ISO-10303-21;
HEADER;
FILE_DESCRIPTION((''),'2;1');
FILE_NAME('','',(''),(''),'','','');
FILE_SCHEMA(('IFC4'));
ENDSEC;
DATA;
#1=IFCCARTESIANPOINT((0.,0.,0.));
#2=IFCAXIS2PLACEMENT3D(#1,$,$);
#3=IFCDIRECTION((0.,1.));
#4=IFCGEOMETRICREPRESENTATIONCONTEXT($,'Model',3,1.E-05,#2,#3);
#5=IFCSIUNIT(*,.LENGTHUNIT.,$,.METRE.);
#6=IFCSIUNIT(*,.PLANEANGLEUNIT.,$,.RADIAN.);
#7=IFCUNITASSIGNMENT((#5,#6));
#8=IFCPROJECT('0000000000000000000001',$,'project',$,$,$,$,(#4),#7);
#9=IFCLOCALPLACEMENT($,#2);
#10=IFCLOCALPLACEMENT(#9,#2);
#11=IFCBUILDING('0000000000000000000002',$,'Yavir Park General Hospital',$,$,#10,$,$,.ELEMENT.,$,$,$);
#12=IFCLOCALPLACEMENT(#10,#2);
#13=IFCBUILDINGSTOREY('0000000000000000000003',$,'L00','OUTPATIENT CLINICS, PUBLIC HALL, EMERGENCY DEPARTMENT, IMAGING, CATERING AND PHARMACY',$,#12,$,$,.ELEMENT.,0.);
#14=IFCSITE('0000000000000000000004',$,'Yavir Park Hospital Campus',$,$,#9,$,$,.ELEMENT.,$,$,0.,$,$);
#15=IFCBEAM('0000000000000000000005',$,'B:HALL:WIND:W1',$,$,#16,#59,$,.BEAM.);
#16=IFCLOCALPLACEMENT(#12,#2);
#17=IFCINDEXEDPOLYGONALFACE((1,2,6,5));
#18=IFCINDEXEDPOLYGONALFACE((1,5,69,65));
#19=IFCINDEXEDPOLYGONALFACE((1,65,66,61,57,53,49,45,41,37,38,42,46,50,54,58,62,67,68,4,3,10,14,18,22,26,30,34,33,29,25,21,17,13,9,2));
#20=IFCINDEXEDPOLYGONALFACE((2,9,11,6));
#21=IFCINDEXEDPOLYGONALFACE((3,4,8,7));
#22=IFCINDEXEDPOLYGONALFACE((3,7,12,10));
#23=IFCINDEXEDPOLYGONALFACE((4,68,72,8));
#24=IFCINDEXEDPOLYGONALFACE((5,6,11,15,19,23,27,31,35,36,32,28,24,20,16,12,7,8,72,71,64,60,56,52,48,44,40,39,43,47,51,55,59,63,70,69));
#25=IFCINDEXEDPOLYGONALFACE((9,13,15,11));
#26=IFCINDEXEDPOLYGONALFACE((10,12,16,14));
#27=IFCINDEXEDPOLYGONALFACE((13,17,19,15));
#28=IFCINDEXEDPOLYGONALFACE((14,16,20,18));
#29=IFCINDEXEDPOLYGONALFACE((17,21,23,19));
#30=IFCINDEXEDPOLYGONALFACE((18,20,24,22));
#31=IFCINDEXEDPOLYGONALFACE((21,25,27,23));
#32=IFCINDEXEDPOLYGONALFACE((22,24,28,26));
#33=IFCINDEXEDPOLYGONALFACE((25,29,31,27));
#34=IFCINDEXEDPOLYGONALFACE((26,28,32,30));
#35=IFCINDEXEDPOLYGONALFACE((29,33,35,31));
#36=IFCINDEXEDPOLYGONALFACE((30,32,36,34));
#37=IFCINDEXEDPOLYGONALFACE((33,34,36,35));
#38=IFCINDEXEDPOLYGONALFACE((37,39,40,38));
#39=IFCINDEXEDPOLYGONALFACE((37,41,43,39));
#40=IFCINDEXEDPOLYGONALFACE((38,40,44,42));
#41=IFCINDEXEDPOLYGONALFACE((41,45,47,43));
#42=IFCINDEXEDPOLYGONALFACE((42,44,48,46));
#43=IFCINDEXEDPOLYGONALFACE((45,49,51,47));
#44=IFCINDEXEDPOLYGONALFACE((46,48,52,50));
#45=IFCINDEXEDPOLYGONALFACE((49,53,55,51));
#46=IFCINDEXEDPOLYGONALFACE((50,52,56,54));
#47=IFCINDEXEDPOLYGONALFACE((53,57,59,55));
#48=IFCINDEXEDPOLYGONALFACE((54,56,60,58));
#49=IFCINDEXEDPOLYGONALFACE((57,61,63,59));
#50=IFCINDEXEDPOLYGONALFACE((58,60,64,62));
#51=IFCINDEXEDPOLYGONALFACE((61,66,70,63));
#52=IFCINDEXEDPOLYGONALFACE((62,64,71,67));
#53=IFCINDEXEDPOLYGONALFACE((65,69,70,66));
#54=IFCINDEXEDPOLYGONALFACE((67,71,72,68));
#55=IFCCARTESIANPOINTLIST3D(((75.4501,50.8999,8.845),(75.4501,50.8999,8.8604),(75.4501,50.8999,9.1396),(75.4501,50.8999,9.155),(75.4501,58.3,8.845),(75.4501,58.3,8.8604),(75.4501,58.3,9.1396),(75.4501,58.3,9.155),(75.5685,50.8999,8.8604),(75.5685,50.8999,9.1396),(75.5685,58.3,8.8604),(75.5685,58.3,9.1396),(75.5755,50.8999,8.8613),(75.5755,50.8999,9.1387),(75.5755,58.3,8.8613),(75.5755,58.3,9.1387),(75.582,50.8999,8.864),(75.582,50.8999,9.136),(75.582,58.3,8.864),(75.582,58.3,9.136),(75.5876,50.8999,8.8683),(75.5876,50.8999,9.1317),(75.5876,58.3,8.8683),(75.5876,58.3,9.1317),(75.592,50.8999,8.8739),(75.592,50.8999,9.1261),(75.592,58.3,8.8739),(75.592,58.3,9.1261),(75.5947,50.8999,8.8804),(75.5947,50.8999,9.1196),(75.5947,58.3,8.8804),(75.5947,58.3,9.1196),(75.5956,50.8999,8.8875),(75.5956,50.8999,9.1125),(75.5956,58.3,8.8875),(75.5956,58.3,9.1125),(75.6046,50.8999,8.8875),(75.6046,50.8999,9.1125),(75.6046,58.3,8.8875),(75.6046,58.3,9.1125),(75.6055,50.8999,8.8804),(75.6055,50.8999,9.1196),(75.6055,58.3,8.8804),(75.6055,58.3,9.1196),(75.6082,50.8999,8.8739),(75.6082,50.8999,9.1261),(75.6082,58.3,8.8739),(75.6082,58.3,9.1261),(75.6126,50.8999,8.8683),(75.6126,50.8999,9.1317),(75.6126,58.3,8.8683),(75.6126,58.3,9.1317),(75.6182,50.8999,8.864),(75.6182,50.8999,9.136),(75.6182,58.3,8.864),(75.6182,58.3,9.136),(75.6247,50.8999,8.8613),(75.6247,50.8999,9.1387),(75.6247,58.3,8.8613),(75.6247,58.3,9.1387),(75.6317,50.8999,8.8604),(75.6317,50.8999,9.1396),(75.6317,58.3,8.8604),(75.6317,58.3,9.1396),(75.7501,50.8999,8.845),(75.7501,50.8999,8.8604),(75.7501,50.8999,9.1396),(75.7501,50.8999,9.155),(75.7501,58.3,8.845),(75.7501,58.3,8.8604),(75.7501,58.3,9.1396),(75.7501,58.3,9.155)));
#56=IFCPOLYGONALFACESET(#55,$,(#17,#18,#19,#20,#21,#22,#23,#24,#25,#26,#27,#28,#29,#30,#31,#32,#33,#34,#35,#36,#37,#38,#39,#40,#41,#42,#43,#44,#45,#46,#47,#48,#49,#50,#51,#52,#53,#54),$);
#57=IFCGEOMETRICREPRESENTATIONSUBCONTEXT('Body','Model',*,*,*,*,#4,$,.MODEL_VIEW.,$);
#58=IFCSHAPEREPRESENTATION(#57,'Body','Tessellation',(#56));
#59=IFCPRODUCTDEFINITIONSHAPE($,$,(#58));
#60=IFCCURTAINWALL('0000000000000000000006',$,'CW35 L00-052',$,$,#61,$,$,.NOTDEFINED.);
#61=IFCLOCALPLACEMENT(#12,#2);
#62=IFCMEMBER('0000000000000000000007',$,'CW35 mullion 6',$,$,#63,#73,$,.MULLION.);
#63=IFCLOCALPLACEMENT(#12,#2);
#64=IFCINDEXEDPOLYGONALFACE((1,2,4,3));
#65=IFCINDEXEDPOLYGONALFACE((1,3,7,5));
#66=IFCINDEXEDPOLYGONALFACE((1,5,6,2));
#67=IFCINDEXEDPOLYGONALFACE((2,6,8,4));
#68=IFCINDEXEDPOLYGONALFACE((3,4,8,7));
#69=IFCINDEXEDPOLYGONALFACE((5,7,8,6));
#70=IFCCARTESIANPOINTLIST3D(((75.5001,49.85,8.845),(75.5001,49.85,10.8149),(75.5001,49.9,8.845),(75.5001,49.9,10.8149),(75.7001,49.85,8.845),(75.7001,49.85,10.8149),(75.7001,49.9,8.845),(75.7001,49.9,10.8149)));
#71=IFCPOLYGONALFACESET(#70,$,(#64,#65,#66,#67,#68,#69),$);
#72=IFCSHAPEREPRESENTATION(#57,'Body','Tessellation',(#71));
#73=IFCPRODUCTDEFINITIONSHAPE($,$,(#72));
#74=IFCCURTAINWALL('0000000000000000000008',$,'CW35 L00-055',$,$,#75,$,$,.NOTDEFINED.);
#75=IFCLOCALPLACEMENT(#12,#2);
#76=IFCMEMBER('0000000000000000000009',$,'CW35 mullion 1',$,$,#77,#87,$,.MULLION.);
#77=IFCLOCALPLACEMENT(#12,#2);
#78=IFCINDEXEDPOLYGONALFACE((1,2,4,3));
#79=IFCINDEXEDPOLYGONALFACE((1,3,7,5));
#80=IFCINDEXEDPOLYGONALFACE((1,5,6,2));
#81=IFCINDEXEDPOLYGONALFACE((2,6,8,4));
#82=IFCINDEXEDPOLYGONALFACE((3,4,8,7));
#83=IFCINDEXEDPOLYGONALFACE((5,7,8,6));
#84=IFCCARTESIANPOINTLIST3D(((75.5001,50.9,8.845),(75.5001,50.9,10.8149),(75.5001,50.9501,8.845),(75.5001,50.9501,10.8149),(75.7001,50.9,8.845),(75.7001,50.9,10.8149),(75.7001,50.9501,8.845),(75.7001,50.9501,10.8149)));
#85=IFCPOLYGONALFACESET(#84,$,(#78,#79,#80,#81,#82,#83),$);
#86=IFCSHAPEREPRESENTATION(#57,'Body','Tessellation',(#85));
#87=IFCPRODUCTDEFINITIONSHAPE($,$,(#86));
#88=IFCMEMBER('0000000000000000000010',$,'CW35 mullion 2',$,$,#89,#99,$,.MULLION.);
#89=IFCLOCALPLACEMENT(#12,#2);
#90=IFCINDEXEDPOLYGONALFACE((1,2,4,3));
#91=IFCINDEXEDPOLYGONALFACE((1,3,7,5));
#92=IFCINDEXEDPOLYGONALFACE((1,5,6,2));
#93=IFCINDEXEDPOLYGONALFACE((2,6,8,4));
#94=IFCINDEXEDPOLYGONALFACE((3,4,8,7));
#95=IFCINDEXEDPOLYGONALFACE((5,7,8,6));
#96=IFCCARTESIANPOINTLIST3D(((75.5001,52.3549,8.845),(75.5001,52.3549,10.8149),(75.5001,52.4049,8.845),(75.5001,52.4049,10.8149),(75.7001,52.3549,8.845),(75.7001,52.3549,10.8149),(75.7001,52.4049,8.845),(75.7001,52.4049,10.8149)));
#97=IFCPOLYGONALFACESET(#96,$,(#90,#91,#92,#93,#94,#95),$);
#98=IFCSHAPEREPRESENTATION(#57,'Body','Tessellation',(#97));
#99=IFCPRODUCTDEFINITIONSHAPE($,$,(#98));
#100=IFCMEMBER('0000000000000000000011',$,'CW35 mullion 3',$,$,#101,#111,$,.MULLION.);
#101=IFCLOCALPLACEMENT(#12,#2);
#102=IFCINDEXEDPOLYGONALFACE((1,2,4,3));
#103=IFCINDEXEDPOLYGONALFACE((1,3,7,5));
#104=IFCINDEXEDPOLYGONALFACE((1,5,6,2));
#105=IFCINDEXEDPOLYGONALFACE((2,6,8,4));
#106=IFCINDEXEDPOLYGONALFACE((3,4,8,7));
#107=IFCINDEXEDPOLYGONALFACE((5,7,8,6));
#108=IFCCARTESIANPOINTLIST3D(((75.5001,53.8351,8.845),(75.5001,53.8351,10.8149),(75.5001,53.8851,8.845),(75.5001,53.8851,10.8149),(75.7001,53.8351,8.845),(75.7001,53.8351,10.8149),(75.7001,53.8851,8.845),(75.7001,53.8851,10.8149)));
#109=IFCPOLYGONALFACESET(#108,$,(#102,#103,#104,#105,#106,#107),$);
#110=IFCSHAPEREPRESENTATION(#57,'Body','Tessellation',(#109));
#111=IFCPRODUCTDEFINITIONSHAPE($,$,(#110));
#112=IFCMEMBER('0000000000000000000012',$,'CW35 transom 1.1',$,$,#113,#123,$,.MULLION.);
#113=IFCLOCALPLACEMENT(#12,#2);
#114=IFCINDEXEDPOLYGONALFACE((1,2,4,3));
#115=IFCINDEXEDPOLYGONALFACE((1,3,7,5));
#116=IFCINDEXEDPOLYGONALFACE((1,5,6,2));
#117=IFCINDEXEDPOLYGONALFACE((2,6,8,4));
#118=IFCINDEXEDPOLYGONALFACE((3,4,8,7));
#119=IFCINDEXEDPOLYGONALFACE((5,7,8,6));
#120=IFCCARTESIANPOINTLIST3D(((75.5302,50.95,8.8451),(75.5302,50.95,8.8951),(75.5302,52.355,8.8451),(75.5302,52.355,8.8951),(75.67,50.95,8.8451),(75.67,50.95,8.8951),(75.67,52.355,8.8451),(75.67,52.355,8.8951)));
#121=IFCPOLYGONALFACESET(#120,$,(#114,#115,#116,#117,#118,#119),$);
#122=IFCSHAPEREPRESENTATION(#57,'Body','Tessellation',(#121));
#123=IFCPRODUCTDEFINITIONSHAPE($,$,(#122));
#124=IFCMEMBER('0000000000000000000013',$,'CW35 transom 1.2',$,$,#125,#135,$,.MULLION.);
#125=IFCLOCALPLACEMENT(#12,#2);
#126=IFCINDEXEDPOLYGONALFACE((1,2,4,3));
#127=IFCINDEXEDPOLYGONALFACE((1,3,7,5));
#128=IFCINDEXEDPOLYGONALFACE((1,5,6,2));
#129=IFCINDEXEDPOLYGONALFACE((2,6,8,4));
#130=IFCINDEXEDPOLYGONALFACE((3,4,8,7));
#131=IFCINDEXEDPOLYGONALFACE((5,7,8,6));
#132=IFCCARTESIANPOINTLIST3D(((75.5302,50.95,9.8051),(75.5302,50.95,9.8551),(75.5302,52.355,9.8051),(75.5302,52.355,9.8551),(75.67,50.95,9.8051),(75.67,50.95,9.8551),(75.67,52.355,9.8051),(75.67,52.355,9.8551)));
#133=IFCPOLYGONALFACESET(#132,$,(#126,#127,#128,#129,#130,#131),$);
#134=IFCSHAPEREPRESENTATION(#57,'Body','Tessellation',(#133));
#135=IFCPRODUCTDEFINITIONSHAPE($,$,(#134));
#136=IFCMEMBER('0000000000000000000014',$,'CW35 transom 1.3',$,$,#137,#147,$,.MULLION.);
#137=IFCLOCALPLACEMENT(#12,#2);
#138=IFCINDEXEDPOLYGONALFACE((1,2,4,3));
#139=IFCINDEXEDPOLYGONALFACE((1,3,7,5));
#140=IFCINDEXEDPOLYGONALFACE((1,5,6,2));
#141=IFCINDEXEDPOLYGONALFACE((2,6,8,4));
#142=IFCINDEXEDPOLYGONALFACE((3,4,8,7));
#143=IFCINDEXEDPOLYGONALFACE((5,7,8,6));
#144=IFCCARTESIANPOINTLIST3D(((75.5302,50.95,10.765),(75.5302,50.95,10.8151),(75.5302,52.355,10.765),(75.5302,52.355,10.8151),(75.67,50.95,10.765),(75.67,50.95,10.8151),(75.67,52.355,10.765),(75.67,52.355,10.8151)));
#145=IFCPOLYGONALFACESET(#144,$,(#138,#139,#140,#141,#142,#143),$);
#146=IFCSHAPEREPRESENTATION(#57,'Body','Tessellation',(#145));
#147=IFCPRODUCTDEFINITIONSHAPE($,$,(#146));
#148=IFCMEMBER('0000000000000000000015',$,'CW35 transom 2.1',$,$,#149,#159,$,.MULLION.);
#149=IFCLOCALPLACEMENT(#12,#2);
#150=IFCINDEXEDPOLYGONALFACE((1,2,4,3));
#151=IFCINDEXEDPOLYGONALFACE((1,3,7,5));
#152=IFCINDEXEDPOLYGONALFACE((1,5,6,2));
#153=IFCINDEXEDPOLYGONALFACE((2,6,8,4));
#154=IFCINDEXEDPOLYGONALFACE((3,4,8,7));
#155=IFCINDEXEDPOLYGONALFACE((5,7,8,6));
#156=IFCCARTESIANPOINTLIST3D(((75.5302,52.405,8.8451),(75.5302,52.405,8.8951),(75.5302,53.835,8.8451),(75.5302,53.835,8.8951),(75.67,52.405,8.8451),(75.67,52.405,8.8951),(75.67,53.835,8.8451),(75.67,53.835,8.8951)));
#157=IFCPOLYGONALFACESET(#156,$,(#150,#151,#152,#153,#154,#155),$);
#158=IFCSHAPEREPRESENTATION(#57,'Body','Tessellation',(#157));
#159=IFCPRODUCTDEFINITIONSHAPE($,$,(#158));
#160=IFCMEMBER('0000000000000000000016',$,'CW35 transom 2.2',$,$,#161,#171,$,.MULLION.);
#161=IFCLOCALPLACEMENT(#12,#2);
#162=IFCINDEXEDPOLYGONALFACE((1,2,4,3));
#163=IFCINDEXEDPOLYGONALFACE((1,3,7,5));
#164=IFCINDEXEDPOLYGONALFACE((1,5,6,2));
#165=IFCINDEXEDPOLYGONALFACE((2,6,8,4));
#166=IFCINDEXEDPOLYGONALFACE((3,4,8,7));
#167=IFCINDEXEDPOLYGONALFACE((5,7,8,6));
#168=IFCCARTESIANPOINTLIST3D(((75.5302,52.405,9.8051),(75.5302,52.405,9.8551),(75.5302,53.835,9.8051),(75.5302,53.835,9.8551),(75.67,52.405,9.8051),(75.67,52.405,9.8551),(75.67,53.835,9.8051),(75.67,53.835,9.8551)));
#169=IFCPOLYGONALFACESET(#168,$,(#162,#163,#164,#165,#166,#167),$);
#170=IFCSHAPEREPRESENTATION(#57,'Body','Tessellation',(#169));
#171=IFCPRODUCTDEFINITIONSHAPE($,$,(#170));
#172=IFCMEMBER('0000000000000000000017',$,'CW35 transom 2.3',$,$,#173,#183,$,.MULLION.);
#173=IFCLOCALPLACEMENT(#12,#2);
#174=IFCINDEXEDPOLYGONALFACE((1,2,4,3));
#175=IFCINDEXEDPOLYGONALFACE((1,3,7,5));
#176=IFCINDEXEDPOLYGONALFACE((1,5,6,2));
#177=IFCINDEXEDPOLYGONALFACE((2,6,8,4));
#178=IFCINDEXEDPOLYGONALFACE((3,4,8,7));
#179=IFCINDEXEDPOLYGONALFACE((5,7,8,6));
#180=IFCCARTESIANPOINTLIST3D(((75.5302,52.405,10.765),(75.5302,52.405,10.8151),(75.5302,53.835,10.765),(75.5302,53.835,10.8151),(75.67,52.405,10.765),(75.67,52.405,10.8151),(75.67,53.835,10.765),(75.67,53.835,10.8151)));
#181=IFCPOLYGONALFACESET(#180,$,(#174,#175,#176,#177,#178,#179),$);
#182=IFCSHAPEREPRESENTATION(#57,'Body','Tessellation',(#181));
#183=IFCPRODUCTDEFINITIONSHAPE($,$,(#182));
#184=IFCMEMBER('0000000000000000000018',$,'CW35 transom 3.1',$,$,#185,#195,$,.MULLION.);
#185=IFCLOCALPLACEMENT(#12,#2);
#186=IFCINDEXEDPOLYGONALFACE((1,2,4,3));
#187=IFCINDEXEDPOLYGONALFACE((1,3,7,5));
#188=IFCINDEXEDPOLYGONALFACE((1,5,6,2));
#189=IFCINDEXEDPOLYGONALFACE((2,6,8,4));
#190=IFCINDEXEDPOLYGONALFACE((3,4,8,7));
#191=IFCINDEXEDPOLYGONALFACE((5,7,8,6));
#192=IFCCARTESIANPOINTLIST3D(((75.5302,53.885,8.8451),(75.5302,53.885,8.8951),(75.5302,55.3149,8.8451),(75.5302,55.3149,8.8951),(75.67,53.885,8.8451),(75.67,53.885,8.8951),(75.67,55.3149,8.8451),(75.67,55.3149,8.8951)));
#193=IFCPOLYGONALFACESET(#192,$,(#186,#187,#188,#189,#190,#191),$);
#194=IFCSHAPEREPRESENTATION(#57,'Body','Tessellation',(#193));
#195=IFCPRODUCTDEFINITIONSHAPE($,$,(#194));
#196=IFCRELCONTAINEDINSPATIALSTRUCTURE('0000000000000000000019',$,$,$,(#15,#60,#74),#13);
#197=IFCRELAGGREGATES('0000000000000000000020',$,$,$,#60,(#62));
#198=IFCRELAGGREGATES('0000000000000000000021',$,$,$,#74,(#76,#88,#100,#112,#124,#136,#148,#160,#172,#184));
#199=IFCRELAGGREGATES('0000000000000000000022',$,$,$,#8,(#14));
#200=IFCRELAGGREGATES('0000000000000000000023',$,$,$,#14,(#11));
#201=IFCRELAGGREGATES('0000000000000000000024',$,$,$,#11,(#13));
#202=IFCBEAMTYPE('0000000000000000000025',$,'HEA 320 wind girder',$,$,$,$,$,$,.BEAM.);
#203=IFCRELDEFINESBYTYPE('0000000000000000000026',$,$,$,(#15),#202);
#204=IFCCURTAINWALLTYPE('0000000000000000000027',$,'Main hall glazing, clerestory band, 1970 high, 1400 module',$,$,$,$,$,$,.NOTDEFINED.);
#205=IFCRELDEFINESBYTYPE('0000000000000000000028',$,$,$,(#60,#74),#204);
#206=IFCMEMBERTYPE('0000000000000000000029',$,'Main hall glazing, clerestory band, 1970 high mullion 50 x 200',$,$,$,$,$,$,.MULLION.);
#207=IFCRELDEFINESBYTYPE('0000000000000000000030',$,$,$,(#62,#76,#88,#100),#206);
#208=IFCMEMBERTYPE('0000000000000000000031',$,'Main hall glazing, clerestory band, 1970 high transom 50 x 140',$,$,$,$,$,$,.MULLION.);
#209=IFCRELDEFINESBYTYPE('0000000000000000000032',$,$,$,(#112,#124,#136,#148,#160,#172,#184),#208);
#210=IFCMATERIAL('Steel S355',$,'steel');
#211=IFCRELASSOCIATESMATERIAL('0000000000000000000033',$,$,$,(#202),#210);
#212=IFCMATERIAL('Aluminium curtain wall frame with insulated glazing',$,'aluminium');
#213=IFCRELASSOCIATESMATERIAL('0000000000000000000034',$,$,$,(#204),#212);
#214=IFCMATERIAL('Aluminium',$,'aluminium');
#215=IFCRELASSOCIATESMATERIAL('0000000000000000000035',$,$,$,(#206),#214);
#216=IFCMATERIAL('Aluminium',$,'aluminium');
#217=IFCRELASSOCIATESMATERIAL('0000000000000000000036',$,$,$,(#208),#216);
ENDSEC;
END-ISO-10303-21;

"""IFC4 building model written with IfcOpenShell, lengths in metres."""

from ifc_helpers import new_model, si_unit, direction, frame, origin, origin_2d, place, context, subcontext, project, spatial, rectangle, i_section, extrude, material, material_profile, profile_set, type_object, element, aggregate, save


model = new_model("IFC4")

# Units and contexts
model_context = context("Model", 3, precision=1e-05, world=origin(), true_north=direction((0.0, 1.0)))
body_context = subcontext(model_context, "Body", "Model", "MODEL_VIEW")
ifc_project = project(units=[si_unit("LENGTHUNIT", "METRE"), si_unit("PLANEANGLEUNIT", "RADIAN")], contexts=[model_context])

# Site, building, storey
site_placement = place(None, origin())
site = spatial("IfcSite", under=ifc_project, at=site_placement, Name="Yavir Park Hospital Campus", CompositionType="ELEMENT", RefElevation=0.0)
building_placement = place(site_placement, origin())
building = spatial("IfcBuilding", under=site, at=building_placement, Name="Yavir Park General Hospital", CompositionType="ELEMENT")
storey_placement = place(building_placement, origin())
storey = spatial("IfcBuildingStorey", under=building, at=storey_placement, Name="L00", Description="OUTPATIENT CLINICS, PUBLIC HALL, EMERGENCY DEPARTMENT, IMAGING, CATERING AND PHARMACY", CompositionType="ELEMENT", Elevation=0.0)

# Beam
ifc_material_1 = material(Name="Steel S355", Category="steel")
ifc_material_profile_1 = material_profile(ifc_material_1, i_section(OverallWidth=0.3, OverallDepth=0.3101, WebThickness=0.009, FlangeThickness=0.0154, FilletRadius=0.0271, at=origin_2d()), Name="HEA320")
ifc_profile_set_1 = profile_set([ifc_material_profile_1], Name="Steel S355")
beam_type_1 = type_object("IfcBeamType", Name="HEA 320 wind girder", PredefinedType="BEAM", material=ifc_profile_set_1)
beam_1_placement = place(storey_placement, frame((75.6001, 50.8999, 9.0), z_axis=(0.0, 1.0, 0.0), x_axis=(-1.0, 0.0, 0.0)))
element("IfcBeam", 1, at=beam_1_placement, inside=storey, type_object=beam_type_1, Name="B:HALL:WIND:W1", PredefinedType="BEAM", context=body_context, shape_type="SweptSolid", body=[
    extrude(i_section(OverallWidth=0.3, OverallDepth=0.3101, WebThickness=0.009, FlangeThickness=0.0154, FilletRadius=0.0271, at=origin_2d()), origin(), (0.0, 0.0, 1.0), 7.4001),
])

# Curtain wall, member
ifc_material_2 = material(Name="Aluminium curtain wall frame with insulated glazing", Category="aluminium")
curtain_wall_type_1 = type_object("IfcCurtainWallType", Name="Main hall glazing, clerestory band, 1970 high, 1400 module", PredefinedType="NOTDEFINED", material=ifc_material_2)
curtain_wall_1_placement = place(storey_placement, origin())
curtain_wall_1 = element("IfcCurtainWall", 2, at=curtain_wall_1_placement, inside=storey, type_object=curtain_wall_type_1, Name="CW35 L00-052", PredefinedType="NOTDEFINED")
ifc_material_3 = material(Name="Aluminium", Category="aluminium")
ifc_material_profile_2 = material_profile(ifc_material_3, rectangle(XDim=0.2, YDim=0.05, at=origin_2d()), Name="AL 50x200")
ifc_profile_set_2 = profile_set([ifc_material_profile_2], Name="Aluminium")
member_type_1 = type_object("IfcMemberType", Name="Main hall glazing, clerestory band, 1970 high mullion 50 x 200", PredefinedType="MULLION", material=ifc_profile_set_2)
member_1_placement = place(storey_placement, frame((75.6001, 49.875, 8.845), z_axis=(0.0, 0.0, 1.0), x_axis=(-1.0, 0.0, 0.0)))
member_1 = element("IfcMember", 3, at=member_1_placement, type_object=member_type_1, Name="CW35 mullion 6", PredefinedType="MULLION", context=body_context, shape_type="SweptSolid", body=[
    extrude(rectangle(XDim=0.2, YDim=0.05, at=origin_2d()), origin(), (0.0, 0.0, 1.0), 1.97),
])

# Curtain wall, members
curtain_wall_2_placement = place(storey_placement, origin())
curtain_wall_2 = element("IfcCurtainWall", 4, at=curtain_wall_2_placement, inside=storey, type_object=curtain_wall_type_1, Name="CW35 L00-055", PredefinedType="NOTDEFINED")
member_2_placement = place(storey_placement, frame((75.6001, 50.925, 8.845), z_axis=(0.0, 0.0, 1.0), x_axis=(-1.0, 0.0, 0.0)))
member_2 = element("IfcMember", 5, at=member_2_placement, type_object=member_type_1, Name="CW35 mullion 1", PredefinedType="MULLION", context=body_context, shape_type="SweptSolid", body=[
    extrude(rectangle(XDim=0.2, YDim=0.05, at=origin_2d()), origin(), (0.0, 0.0, 1.0), 1.97),
])
member_3_placement = place(storey_placement, frame((75.6001, 52.3799, 8.845), z_axis=(0.0, 0.0, 1.0), x_axis=(-1.0, 0.0, 0.0)))
member_3 = element("IfcMember", 6, at=member_3_placement, type_object=member_type_1, Name="CW35 mullion 2", PredefinedType="MULLION", context=body_context, shape_type="SweptSolid", body=[
    extrude(rectangle(XDim=0.2, YDim=0.05, at=origin_2d()), origin(), (0.0, 0.0, 1.0), 1.97),
])
member_4_placement = place(storey_placement, frame((75.6001, 53.8601, 8.845), z_axis=(0.0, 0.0, 1.0), x_axis=(-1.0, 0.0, 0.0)))
member_4 = element("IfcMember", 7, at=member_4_placement, type_object=member_type_1, Name="CW35 mullion 3", PredefinedType="MULLION", context=body_context, shape_type="SweptSolid", body=[
    extrude(rectangle(XDim=0.2, YDim=0.05, at=origin_2d()), origin(), (0.0, 0.0, 1.0), 1.97),
])
ifc_material_4 = material(Name="Aluminium", Category="aluminium")
ifc_material_profile_3 = material_profile(ifc_material_4, rectangle(XDim=0.1399, YDim=0.05, at=origin_2d()), Name="AL 140x50")
ifc_profile_set_3 = profile_set([ifc_material_profile_3], Name="Aluminium")
member_type_2 = type_object("IfcMemberType", Name="Main hall glazing, clerestory band, 1970 high transom 50 x 140", PredefinedType="MULLION", material=ifc_profile_set_3)
member_5_placement = place(storey_placement, frame((75.6001, 50.95, 8.8701), z_axis=(0.0, 1.0, 0.0), x_axis=(-1.0, 0.0, 0.0)))
member_5 = element("IfcMember", 8, at=member_5_placement, type_object=member_type_2, Name="CW35 transom 1.1", PredefinedType="MULLION", context=body_context, shape_type="SweptSolid", body=[
    extrude(rectangle(XDim=0.1399, YDim=0.05, at=origin_2d()), origin(), (0.0, 0.0, 1.0), 1.405),
])
member_6_placement = place(storey_placement, frame((75.6001, 50.95, 9.8301), z_axis=(0.0, 1.0, 0.0), x_axis=(-1.0, 0.0, 0.0)))
member_6 = element("IfcMember", 9, at=member_6_placement, type_object=member_type_2, Name="CW35 transom 1.2", PredefinedType="MULLION", context=body_context, shape_type="SweptSolid", body=[
    extrude(rectangle(XDim=0.1399, YDim=0.05, at=origin_2d()), origin(), (0.0, 0.0, 1.0), 1.405),
])
member_7_placement = place(storey_placement, frame((75.6001, 50.95, 10.79), z_axis=(0.0, 1.0, 0.0), x_axis=(-1.0, 0.0, 0.0)))
member_7 = element("IfcMember", 10, at=member_7_placement, type_object=member_type_2, Name="CW35 transom 1.3", PredefinedType="MULLION", context=body_context, shape_type="SweptSolid", body=[
    extrude(rectangle(XDim=0.1399, YDim=0.05, at=origin_2d()), origin(), (0.0, 0.0, 1.0), 1.405),
])
member_8_placement = place(storey_placement, frame((75.6001, 52.405, 8.8701), z_axis=(0.0, 1.0, 0.0), x_axis=(-1.0, 0.0, 0.0)))
member_8 = element("IfcMember", 11, at=member_8_placement, type_object=member_type_2, Name="CW35 transom 2.1", PredefinedType="MULLION", context=body_context, shape_type="SweptSolid", body=[
    extrude(rectangle(XDim=0.1399, YDim=0.05, at=origin_2d()), origin(), (0.0, 0.0, 1.0), 1.4299),
])
member_9_placement = place(storey_placement, frame((75.6001, 52.405, 9.8301), z_axis=(0.0, 1.0, 0.0), x_axis=(-1.0, 0.0, 0.0)))
member_9 = element("IfcMember", 12, at=member_9_placement, type_object=member_type_2, Name="CW35 transom 2.2", PredefinedType="MULLION", context=body_context, shape_type="SweptSolid", body=[
    extrude(rectangle(XDim=0.1399, YDim=0.05, at=origin_2d()), origin(), (0.0, 0.0, 1.0), 1.4299),
])
member_10_placement = place(storey_placement, frame((75.6001, 52.405, 10.79), z_axis=(0.0, 1.0, 0.0), x_axis=(-1.0, 0.0, 0.0)))
member_10 = element("IfcMember", 13, at=member_10_placement, type_object=member_type_2, Name="CW35 transom 2.3", PredefinedType="MULLION", context=body_context, shape_type="SweptSolid", body=[
    extrude(rectangle(XDim=0.1399, YDim=0.05, at=origin_2d()), origin(), (0.0, 0.0, 1.0), 1.4299),
])
member_11_placement = place(storey_placement, frame((75.6001, 53.885, 8.8701), z_axis=(0.0, 1.0, 0.0), x_axis=(-1.0, 0.0, 0.0)))
member_11 = element("IfcMember", 14, at=member_11_placement, type_object=member_type_2, Name="CW35 transom 3.1", PredefinedType="MULLION", context=body_context, shape_type="SweptSolid", body=[
    extrude(rectangle(XDim=0.1399, YDim=0.05, at=origin_2d()), origin(), (0.0, 0.0, 1.0), 1.4299),
])

aggregate(curtain_wall_1, [member_1])
aggregate(curtain_wall_2, [member_2, member_3, member_4, member_5, member_6, member_7, member_8, member_9, member_10, member_11])

save(model, "model.ifc")
